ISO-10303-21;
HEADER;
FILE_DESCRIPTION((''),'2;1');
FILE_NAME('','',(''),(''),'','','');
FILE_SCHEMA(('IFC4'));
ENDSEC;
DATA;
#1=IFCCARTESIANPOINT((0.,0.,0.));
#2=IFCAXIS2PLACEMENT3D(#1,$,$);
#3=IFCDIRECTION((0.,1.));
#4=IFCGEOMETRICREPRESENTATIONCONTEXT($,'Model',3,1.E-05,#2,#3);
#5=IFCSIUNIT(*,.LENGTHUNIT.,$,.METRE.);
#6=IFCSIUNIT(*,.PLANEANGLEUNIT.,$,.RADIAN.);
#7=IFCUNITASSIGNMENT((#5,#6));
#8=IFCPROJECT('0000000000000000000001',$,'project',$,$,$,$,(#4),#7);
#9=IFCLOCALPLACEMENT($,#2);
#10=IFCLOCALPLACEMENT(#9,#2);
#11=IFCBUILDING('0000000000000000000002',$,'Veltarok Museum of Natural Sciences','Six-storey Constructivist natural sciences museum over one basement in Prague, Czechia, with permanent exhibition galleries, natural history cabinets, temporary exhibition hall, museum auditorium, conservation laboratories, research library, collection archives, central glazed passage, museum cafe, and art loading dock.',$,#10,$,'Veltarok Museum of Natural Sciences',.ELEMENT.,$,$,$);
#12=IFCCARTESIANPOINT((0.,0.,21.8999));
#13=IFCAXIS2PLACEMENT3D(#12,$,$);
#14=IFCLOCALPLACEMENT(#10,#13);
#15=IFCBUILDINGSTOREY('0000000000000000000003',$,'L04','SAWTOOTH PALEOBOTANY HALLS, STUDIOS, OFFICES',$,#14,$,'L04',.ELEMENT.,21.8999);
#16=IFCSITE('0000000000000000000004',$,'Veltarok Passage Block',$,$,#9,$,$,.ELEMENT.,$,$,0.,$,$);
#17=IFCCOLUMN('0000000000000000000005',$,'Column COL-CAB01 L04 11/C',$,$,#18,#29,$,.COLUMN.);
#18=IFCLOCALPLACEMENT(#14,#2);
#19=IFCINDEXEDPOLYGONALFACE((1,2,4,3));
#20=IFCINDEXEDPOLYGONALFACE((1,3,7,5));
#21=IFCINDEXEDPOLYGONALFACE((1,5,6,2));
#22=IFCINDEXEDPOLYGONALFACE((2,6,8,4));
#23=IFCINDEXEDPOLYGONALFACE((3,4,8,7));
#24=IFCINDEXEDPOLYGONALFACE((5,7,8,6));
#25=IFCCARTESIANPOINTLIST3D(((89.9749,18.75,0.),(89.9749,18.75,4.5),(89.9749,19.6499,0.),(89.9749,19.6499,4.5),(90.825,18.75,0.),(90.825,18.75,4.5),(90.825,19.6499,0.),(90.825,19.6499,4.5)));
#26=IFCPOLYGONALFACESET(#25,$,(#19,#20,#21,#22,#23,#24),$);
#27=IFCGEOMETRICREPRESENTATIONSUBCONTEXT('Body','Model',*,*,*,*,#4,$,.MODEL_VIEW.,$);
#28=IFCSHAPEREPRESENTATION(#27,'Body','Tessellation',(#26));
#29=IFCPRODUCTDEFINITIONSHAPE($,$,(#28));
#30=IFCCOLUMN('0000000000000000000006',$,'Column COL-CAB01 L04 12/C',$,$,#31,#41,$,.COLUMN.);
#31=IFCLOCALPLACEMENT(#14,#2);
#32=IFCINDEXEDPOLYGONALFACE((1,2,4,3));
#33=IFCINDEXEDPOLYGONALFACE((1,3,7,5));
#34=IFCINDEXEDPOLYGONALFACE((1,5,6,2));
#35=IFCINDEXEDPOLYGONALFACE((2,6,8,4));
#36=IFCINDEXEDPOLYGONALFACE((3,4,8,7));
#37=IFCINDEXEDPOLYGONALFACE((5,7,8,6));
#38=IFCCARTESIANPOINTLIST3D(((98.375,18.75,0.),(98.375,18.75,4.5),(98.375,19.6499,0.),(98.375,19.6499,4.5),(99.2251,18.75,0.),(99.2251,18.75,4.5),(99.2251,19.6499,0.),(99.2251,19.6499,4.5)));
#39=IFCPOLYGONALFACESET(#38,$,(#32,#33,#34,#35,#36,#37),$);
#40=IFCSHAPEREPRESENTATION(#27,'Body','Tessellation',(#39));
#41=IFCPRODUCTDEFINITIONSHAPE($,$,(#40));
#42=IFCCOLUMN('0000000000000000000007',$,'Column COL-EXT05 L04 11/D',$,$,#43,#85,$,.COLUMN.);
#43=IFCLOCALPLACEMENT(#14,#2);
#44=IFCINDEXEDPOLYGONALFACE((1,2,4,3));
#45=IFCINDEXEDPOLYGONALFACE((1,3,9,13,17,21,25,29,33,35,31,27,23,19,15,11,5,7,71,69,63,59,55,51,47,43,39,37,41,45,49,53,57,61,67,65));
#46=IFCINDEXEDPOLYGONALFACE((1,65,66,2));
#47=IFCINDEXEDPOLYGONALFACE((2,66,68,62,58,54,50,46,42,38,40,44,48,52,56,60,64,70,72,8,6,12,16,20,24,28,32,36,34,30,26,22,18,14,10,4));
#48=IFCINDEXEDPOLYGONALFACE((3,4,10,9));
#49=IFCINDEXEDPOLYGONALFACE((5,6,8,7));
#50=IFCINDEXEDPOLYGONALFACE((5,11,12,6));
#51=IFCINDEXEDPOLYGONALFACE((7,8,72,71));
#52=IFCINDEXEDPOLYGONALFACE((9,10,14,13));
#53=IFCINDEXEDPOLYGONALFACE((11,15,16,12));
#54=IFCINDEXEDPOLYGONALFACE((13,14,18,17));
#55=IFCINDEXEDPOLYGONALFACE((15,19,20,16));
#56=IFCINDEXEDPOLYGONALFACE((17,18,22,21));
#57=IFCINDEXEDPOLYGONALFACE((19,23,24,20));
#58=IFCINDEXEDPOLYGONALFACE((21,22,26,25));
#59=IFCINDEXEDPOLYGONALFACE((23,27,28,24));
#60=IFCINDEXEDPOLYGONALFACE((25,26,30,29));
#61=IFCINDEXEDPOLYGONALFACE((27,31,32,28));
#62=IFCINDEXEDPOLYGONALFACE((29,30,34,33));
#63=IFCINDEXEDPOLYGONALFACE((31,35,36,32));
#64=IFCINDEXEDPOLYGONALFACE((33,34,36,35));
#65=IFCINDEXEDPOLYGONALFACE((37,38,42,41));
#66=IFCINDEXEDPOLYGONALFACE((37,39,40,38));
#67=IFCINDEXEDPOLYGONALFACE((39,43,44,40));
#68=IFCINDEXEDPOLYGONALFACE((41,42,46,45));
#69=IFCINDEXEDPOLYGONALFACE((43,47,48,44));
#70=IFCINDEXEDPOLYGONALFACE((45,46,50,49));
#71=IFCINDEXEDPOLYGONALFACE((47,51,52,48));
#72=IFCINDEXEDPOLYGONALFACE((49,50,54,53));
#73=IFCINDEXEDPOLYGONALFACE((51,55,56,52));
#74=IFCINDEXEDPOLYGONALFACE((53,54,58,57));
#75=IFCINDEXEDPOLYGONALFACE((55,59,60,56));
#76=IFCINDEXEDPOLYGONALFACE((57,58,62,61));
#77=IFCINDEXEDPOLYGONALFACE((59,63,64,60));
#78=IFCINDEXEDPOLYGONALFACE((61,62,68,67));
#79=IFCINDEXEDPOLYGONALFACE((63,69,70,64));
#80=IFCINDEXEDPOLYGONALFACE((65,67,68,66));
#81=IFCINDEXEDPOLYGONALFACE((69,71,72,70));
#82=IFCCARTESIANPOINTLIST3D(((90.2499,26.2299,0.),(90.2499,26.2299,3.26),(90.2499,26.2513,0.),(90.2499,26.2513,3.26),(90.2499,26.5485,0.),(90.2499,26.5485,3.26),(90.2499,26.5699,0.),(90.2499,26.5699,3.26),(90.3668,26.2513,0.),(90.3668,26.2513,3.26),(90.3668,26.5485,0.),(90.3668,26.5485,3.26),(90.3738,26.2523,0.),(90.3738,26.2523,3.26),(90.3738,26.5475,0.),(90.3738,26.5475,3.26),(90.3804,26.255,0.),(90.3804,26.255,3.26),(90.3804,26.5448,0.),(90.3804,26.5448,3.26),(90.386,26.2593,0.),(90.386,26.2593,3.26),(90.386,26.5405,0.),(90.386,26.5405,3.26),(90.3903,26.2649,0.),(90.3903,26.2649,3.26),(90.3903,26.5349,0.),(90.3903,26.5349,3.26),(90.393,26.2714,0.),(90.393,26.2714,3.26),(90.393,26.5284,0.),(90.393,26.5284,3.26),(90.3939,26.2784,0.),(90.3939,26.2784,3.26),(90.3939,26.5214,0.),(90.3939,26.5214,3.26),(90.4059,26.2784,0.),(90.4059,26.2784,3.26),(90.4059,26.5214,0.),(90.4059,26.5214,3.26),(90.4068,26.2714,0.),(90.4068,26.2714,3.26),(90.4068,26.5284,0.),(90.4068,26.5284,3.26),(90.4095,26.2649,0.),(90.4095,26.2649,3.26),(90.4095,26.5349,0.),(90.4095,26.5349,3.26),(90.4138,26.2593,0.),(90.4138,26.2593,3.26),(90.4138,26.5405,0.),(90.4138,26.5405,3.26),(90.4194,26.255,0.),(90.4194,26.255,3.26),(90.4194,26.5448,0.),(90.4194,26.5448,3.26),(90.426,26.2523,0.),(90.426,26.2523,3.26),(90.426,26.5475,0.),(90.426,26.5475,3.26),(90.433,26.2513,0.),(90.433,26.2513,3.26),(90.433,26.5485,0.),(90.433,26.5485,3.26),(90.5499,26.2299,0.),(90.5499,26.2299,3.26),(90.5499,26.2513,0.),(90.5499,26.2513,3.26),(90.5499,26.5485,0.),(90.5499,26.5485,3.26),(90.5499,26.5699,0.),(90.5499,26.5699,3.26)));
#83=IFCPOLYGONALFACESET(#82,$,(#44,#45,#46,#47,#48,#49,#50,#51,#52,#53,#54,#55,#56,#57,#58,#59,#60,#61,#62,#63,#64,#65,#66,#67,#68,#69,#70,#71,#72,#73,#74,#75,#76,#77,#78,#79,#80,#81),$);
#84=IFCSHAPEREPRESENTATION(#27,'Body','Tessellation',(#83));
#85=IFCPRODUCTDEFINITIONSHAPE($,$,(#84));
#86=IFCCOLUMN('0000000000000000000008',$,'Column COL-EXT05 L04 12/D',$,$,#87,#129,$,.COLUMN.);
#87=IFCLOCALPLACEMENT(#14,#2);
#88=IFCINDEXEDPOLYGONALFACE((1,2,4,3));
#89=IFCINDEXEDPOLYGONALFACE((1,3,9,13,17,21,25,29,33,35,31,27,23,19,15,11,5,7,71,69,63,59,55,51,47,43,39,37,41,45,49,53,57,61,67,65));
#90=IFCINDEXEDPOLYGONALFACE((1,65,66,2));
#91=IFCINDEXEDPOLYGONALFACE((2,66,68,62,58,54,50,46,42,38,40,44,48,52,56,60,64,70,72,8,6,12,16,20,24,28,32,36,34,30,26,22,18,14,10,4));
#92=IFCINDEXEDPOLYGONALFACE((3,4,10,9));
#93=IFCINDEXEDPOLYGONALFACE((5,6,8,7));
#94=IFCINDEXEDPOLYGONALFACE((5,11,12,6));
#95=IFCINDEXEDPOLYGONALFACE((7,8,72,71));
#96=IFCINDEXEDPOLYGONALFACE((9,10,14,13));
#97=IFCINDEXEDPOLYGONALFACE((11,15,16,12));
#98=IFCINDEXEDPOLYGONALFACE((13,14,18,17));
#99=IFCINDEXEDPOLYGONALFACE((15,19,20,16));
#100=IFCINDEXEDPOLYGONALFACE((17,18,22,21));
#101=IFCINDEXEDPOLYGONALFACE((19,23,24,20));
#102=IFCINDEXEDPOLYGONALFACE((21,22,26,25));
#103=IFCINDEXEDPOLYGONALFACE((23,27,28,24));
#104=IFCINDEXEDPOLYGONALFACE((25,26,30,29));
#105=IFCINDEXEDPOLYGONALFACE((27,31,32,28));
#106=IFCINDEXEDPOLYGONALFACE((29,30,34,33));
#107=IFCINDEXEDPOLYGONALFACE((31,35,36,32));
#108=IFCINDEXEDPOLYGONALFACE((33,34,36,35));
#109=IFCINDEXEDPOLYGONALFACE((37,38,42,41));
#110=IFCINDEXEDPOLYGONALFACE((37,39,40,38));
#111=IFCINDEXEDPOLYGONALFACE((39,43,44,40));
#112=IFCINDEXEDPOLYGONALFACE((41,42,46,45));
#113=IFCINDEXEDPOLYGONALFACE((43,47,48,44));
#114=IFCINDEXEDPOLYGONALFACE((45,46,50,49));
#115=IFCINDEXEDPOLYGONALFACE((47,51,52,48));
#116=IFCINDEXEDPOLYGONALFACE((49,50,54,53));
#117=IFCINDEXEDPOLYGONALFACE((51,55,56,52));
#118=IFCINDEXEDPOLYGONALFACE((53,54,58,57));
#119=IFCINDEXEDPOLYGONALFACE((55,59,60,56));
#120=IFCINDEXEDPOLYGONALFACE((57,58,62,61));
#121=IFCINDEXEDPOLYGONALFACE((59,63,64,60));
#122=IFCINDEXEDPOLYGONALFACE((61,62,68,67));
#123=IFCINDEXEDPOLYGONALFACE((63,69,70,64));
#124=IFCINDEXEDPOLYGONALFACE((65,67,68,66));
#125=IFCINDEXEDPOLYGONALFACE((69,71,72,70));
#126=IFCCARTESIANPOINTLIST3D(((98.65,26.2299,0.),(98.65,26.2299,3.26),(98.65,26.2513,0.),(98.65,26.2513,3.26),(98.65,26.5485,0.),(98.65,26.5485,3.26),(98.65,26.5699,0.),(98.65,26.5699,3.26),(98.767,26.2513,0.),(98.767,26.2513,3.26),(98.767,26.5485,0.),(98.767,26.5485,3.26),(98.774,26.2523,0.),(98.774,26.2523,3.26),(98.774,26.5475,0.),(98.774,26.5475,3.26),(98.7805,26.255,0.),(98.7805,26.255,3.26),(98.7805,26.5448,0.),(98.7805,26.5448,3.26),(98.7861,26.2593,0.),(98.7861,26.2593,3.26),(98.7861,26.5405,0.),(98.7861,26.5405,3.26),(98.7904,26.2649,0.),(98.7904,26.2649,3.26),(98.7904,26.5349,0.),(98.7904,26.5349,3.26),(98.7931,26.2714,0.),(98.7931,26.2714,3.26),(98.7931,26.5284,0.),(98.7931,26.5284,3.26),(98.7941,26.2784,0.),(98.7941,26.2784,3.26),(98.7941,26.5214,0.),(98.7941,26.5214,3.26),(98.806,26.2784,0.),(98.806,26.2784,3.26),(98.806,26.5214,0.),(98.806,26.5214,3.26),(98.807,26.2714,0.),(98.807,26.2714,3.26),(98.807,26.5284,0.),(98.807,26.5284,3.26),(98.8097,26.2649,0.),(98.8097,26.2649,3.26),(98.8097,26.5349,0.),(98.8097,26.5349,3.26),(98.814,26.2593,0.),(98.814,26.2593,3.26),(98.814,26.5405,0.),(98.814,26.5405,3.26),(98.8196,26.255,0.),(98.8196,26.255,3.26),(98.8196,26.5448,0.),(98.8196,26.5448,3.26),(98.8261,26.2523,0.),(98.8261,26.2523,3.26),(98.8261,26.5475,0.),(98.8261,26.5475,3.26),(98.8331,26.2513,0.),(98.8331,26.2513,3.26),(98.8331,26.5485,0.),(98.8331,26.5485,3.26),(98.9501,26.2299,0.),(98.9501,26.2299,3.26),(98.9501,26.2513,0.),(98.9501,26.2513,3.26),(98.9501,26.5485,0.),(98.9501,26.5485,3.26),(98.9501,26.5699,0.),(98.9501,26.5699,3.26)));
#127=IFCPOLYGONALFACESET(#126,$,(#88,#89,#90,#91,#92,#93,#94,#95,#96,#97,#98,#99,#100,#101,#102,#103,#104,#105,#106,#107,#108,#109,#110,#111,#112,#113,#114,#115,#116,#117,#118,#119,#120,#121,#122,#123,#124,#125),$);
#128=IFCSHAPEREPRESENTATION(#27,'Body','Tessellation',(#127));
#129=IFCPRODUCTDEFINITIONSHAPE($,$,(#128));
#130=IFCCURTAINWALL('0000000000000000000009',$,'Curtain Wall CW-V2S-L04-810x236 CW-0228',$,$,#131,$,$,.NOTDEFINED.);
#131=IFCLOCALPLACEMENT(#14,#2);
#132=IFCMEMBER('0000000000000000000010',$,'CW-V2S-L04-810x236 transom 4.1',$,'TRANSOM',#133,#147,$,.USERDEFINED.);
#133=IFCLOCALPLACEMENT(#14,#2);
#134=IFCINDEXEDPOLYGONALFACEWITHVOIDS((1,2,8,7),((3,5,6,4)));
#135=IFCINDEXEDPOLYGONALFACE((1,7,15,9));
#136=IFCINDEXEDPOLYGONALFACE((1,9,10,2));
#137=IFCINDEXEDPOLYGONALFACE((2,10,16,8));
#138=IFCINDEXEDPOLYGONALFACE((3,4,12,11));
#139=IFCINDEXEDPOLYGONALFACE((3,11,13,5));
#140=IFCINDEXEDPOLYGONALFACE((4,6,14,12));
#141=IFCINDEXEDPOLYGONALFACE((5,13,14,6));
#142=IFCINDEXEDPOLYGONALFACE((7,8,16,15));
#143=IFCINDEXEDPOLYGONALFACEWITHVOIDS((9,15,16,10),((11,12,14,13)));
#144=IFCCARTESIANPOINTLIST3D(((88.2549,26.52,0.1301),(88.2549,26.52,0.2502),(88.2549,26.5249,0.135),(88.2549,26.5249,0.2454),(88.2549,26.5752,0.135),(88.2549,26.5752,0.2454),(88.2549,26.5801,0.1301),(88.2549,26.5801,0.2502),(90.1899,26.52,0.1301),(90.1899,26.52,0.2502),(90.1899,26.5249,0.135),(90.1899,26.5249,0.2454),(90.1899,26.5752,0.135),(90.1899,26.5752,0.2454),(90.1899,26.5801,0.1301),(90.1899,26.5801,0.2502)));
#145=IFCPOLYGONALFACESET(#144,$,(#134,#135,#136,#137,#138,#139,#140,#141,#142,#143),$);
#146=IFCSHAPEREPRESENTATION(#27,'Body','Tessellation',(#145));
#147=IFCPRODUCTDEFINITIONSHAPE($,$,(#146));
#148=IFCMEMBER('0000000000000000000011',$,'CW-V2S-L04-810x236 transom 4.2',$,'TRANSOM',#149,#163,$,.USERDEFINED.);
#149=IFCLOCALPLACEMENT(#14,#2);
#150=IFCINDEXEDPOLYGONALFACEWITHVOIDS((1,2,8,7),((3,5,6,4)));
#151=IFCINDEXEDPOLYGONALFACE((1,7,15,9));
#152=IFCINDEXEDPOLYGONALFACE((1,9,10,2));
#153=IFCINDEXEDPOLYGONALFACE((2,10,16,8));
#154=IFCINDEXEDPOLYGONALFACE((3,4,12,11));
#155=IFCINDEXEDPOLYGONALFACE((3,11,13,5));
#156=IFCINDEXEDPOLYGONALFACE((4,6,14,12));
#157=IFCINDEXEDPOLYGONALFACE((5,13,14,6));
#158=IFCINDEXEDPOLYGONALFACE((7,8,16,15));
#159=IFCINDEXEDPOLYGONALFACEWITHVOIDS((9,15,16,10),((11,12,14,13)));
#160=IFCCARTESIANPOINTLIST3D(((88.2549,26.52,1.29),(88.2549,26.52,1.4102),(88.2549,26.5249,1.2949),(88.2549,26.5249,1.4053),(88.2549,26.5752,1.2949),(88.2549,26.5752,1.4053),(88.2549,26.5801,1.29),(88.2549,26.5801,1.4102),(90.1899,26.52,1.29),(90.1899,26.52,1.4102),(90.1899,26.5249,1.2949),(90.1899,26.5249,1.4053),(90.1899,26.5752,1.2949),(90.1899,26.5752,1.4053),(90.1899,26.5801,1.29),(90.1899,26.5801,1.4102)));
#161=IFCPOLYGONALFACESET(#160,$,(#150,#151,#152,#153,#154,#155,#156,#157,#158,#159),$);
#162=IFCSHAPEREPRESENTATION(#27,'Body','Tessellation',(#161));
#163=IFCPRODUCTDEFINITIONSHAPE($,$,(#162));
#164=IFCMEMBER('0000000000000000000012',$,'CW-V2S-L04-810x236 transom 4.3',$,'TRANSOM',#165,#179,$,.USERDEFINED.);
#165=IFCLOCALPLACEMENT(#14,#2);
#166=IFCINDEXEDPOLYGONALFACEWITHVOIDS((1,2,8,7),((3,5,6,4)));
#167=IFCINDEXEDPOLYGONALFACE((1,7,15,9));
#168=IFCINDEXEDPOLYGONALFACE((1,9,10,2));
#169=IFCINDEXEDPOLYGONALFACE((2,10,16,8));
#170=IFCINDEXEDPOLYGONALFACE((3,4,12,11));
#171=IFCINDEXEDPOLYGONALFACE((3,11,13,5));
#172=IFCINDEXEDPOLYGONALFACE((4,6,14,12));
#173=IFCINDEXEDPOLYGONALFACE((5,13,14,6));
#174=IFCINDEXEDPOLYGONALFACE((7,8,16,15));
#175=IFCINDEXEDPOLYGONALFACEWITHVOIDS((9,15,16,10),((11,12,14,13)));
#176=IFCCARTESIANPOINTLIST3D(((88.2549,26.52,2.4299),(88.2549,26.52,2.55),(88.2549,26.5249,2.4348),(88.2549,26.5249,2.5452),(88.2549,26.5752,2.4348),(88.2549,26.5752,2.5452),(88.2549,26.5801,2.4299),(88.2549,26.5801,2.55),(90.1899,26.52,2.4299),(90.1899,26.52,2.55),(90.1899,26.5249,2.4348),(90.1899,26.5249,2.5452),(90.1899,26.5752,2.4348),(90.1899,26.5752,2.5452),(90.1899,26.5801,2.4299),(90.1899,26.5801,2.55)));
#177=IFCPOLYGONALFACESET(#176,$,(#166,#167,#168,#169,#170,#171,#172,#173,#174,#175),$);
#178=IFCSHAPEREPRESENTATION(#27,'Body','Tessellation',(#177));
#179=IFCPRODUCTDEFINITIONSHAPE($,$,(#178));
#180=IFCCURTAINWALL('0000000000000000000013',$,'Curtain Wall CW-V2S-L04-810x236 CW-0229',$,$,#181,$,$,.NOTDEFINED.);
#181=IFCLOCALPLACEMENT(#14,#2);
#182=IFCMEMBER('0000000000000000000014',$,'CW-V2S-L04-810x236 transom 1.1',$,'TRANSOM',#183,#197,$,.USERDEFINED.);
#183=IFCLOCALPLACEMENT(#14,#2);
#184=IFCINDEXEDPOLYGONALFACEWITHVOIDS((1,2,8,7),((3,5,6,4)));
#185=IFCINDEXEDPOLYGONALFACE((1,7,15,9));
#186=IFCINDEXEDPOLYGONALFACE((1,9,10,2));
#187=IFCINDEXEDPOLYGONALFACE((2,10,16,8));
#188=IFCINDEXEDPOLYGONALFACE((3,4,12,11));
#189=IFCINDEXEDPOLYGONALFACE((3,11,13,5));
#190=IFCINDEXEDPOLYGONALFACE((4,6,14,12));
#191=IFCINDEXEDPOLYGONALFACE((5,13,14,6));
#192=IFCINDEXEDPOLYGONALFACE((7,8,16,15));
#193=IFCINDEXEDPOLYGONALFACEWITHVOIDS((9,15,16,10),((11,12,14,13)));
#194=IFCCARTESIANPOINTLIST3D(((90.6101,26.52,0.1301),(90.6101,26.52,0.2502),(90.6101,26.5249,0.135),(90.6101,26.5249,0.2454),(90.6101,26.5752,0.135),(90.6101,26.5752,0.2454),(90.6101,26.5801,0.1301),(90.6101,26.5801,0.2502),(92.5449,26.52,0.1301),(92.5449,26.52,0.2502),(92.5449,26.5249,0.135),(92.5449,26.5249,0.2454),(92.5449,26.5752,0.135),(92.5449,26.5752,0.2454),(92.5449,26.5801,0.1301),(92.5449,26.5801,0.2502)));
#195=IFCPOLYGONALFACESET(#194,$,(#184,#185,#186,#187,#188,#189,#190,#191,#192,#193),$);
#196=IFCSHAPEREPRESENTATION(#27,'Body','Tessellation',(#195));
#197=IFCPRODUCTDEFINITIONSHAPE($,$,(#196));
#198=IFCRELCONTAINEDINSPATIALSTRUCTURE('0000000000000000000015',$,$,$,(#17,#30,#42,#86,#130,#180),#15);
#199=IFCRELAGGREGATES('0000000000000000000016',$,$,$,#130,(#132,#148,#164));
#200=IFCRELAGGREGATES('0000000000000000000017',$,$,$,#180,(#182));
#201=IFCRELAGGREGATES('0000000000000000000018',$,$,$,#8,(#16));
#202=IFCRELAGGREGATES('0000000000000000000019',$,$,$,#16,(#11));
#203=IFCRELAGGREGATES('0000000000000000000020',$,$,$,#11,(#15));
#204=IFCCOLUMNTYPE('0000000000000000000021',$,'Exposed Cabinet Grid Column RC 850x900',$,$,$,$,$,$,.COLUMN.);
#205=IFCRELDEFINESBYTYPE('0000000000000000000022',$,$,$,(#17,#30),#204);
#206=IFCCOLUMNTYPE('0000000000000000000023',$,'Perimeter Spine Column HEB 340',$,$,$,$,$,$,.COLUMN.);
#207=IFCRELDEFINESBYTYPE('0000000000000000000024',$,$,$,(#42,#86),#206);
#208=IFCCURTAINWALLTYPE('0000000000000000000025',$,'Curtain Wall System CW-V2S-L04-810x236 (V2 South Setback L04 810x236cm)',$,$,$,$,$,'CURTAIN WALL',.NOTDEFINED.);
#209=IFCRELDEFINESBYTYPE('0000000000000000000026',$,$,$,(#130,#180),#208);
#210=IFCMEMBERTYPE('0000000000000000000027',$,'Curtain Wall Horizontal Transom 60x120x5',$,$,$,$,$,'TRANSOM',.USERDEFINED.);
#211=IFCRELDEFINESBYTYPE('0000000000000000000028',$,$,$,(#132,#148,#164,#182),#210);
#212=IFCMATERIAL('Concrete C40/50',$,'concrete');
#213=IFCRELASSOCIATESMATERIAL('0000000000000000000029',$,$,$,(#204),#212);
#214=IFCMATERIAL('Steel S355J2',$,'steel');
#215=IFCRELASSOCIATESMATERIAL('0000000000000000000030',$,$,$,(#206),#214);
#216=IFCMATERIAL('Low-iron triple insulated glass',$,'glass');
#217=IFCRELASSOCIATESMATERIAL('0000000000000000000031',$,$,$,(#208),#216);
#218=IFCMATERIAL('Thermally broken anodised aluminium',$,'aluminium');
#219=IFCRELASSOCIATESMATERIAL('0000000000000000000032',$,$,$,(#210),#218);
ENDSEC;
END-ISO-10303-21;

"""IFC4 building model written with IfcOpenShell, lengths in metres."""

from ifc_helpers import new_model, si_unit, direction, frame, origin, origin_2d, place, context, subcontext, project, spatial, rectangle, hollow_rectangle, i_section, extrude, material, material_profile, profile_set, type_object, element, aggregate, save


model = new_model("IFC4")

# Units and contexts
model_context = context("Model", 3, precision=1e-05, world=origin(), true_north=direction((0.0, 1.0)))
body_context = subcontext(model_context, "Body", "Model", "MODEL_VIEW")
ifc_project = project(units=[si_unit("LENGTHUNIT", "METRE"), si_unit("PLANEANGLEUNIT", "RADIAN")], contexts=[model_context])

# Site, building, storey
site_placement = place(None, origin())
site = spatial("IfcSite", under=ifc_project, at=site_placement, Name="Veltarok Passage Block", CompositionType="ELEMENT", RefElevation=0.0)
building_placement = place(site_placement, origin())
building = spatial("IfcBuilding", under=site, at=building_placement, Name="Veltarok Museum of Natural Sciences", Description="Six-storey Constructivist natural sciences museum over one basement in Prague, Czechia, with permanent exhibition galleries, natural history cabinets, temporary exhibition hall, museum auditorium, conservation laboratories, research library, collection archives, central glazed passage, museum cafe, and art loading dock.", LongName="Veltarok Museum of Natural Sciences", CompositionType="ELEMENT")
storey_placement = place(building_placement, frame((0.0, 0.0, 21.8999)))
storey = spatial("IfcBuildingStorey", under=building, at=storey_placement, Name="L04", Description="SAWTOOTH PALEOBOTANY HALLS, STUDIOS, OFFICES", LongName="L04", CompositionType="ELEMENT", Elevation=21.8999)

# Columns
ifc_material_1 = material(Name="Concrete C40/50", Category="concrete")
ifc_material_profile_1 = material_profile(ifc_material_1, rectangle(XDim=0.8501, YDim=0.8999, at=origin_2d()), Name="RC 850x900")
ifc_profile_set_1 = profile_set([ifc_material_profile_1], Name="Concrete C40/50")
column_type_1 = type_object("IfcColumnType", Name="Exposed Cabinet Grid Column RC 850x900", PredefinedType="COLUMN", material=ifc_profile_set_1)
for number, where, z_axis, x_axis, name in (
    (1, (90.3999, 19.2, 0.0), (0.0, 0.0, 1.0), (1.0, 0.0, 0.0), "Column COL-CAB01 L04 11/C"),
    (2, (98.8, 19.2, 0.0), (0.0, 0.0, 1.0), (1.0, 0.0, 0.0), "Column COL-CAB01 L04 12/C"),
):
    element("IfcColumn", number, at=place(storey_placement, frame(where, z_axis=z_axis, x_axis=x_axis)), inside=storey, type_object=column_type_1, Name=name, PredefinedType="COLUMN", context=body_context, shape_type="SweptSolid", body=[
        extrude(rectangle(XDim=0.8501, YDim=0.8999, at=origin_2d()), origin(), (0.0, 0.0, 1.0), 4.5),
    ])
ifc_material_2 = material(Name="Steel S355J2", Category="steel")
ifc_material_profile_2 = material_profile(ifc_material_2, i_section(OverallWidth=0.3, OverallDepth=0.3401, WebThickness=0.012, FlangeThickness=0.0215, FilletRadius=0.0271, at=origin_2d()), Name="HEB 340")
ifc_profile_set_2 = profile_set([ifc_material_profile_2], Name="Steel S355J2")
column_type_2 = type_object("IfcColumnType", Name="Perimeter Spine Column HEB 340", PredefinedType="COLUMN", material=ifc_profile_set_2)
for number, where, z_axis, x_axis, name in (
    (3, (90.3999, 26.3999, 0.0), (0.0, 0.0, 1.0), (1.0, 0.0, 0.0), "Column COL-EXT05 L04 11/D"),
    (4, (98.8, 26.3999, 0.0), (0.0, 0.0, 1.0), (1.0, 0.0, 0.0), "Column COL-EXT05 L04 12/D"),
):
    element("IfcColumn", number, at=place(storey_placement, frame(where, z_axis=z_axis, x_axis=x_axis)), inside=storey, type_object=column_type_2, Name=name, PredefinedType="COLUMN", context=body_context, shape_type="SweptSolid", body=[
        extrude(i_section(OverallWidth=0.3, OverallDepth=0.3401, WebThickness=0.012, FlangeThickness=0.0215, FilletRadius=0.0271, at=origin_2d()), origin(), (0.0, 0.0, 1.0), 3.26),
    ])

# Curtain walls, members
ifc_material_3 = material(Name="Low-iron triple insulated glass", Category="glass")
curtain_wall_type = type_object("IfcCurtainWallType", Name="Curtain Wall System CW-V2S-L04-810x236 (V2 South Setback L04 810x236cm)", ElementType="CURTAIN WALL", PredefinedType="NOTDEFINED", material=ifc_material_3)
curtain_wall_1_placement = place(storey_placement, origin())
curtain_wall_1 = element("IfcCurtainWall", 5, at=curtain_wall_1_placement, inside=storey, type_object=curtain_wall_type, Name="Curtain Wall CW-V2S-L04-810x236 CW-0228", PredefinedType="NOTDEFINED")
ifc_material_4 = material(Name="Thermally broken anodised aluminium", Category="aluminium")
ifc_material_profile_3 = material_profile(ifc_material_4, hollow_rectangle(XDim=0.0601, YDim=0.1201, WallThickness=0.0049, at=origin_2d()), Name="CW TRANSOM 60x120x5")
ifc_profile_set_3 = profile_set([ifc_material_profile_3], Name="Thermally broken anodised aluminium")
member_type_1 = type_object("IfcMemberType", Name="Curtain Wall Horizontal Transom 60x120x5", ElementType="TRANSOM", PredefinedType="USERDEFINED", material=ifc_profile_set_3)
member_1_placement = place(storey_placement, frame((88.2549, 26.55, 0.1902), z_axis=(1.0, 0.0, 0.0), x_axis=(0.0, 1.0, 0.0)))
member_1 = element("IfcMember", 6, at=member_1_placement, type_object=member_type_1, Name="CW-V2S-L04-810x236 transom 4.1", ObjectType="TRANSOM", PredefinedType="USERDEFINED", context=body_context, shape_type="SweptSolid", body=[
    extrude(hollow_rectangle(XDim=0.0601, YDim=0.1201, WallThickness=0.0049, at=origin_2d()), origin(), (0.0, 0.0, 1.0), 1.9351),
])
member_2_placement = place(storey_placement, frame((88.2549, 26.55, 1.3501), z_axis=(1.0, 0.0, 0.0), x_axis=(0.0, 1.0, 0.0)))
member_2 = element("IfcMember", 7, at=member_2_placement, type_object=member_type_1, Name="CW-V2S-L04-810x236 transom 4.2", ObjectType="TRANSOM", PredefinedType="USERDEFINED", context=body_context, shape_type="SweptSolid", body=[
    extrude(hollow_rectangle(XDim=0.0601, YDim=0.1201, WallThickness=0.0049, at=origin_2d()), origin(), (0.0, 0.0, 1.0), 1.9351),
])
member_3_placement = place(storey_placement, frame((88.2549, 26.55, 2.49), z_axis=(1.0, 0.0, 0.0), x_axis=(0.0, 1.0, 0.0)))
member_3 = element("IfcMember", 8, at=member_3_placement, type_object=member_type_1, Name="CW-V2S-L04-810x236 transom 4.3", ObjectType="TRANSOM", PredefinedType="USERDEFINED", context=body_context, shape_type="SweptSolid", body=[
    extrude(hollow_rectangle(XDim=0.0601, YDim=0.1201, WallThickness=0.0049, at=origin_2d()), origin(), (0.0, 0.0, 1.0), 1.9351),
])
curtain_wall_2_placement = place(storey_placement, origin())
curtain_wall_2 = element("IfcCurtainWall", 9, at=curtain_wall_2_placement, inside=storey, type_object=curtain_wall_type, Name="Curtain Wall CW-V2S-L04-810x236 CW-0229", PredefinedType="NOTDEFINED")
member_4_placement = place(storey_placement, frame((90.6101, 26.55, 0.1902), z_axis=(1.0, 0.0, 0.0), x_axis=(0.0, 1.0, 0.0)))
member_4 = element("IfcMember", 10, at=member_4_placement, type_object=member_type_1, Name="CW-V2S-L04-810x236 transom 1.1", ObjectType="TRANSOM", PredefinedType="USERDEFINED", context=body_context, shape_type="SweptSolid", body=[
    extrude(hollow_rectangle(XDim=0.0601, YDim=0.1201, WallThickness=0.0049, at=origin_2d()), origin(), (0.0, 0.0, 1.0), 1.9348),
])

aggregate(curtain_wall_1, [member_1, member_2, member_3])
aggregate(curtain_wall_2, [member_4])

save(model, "model.ifc")
